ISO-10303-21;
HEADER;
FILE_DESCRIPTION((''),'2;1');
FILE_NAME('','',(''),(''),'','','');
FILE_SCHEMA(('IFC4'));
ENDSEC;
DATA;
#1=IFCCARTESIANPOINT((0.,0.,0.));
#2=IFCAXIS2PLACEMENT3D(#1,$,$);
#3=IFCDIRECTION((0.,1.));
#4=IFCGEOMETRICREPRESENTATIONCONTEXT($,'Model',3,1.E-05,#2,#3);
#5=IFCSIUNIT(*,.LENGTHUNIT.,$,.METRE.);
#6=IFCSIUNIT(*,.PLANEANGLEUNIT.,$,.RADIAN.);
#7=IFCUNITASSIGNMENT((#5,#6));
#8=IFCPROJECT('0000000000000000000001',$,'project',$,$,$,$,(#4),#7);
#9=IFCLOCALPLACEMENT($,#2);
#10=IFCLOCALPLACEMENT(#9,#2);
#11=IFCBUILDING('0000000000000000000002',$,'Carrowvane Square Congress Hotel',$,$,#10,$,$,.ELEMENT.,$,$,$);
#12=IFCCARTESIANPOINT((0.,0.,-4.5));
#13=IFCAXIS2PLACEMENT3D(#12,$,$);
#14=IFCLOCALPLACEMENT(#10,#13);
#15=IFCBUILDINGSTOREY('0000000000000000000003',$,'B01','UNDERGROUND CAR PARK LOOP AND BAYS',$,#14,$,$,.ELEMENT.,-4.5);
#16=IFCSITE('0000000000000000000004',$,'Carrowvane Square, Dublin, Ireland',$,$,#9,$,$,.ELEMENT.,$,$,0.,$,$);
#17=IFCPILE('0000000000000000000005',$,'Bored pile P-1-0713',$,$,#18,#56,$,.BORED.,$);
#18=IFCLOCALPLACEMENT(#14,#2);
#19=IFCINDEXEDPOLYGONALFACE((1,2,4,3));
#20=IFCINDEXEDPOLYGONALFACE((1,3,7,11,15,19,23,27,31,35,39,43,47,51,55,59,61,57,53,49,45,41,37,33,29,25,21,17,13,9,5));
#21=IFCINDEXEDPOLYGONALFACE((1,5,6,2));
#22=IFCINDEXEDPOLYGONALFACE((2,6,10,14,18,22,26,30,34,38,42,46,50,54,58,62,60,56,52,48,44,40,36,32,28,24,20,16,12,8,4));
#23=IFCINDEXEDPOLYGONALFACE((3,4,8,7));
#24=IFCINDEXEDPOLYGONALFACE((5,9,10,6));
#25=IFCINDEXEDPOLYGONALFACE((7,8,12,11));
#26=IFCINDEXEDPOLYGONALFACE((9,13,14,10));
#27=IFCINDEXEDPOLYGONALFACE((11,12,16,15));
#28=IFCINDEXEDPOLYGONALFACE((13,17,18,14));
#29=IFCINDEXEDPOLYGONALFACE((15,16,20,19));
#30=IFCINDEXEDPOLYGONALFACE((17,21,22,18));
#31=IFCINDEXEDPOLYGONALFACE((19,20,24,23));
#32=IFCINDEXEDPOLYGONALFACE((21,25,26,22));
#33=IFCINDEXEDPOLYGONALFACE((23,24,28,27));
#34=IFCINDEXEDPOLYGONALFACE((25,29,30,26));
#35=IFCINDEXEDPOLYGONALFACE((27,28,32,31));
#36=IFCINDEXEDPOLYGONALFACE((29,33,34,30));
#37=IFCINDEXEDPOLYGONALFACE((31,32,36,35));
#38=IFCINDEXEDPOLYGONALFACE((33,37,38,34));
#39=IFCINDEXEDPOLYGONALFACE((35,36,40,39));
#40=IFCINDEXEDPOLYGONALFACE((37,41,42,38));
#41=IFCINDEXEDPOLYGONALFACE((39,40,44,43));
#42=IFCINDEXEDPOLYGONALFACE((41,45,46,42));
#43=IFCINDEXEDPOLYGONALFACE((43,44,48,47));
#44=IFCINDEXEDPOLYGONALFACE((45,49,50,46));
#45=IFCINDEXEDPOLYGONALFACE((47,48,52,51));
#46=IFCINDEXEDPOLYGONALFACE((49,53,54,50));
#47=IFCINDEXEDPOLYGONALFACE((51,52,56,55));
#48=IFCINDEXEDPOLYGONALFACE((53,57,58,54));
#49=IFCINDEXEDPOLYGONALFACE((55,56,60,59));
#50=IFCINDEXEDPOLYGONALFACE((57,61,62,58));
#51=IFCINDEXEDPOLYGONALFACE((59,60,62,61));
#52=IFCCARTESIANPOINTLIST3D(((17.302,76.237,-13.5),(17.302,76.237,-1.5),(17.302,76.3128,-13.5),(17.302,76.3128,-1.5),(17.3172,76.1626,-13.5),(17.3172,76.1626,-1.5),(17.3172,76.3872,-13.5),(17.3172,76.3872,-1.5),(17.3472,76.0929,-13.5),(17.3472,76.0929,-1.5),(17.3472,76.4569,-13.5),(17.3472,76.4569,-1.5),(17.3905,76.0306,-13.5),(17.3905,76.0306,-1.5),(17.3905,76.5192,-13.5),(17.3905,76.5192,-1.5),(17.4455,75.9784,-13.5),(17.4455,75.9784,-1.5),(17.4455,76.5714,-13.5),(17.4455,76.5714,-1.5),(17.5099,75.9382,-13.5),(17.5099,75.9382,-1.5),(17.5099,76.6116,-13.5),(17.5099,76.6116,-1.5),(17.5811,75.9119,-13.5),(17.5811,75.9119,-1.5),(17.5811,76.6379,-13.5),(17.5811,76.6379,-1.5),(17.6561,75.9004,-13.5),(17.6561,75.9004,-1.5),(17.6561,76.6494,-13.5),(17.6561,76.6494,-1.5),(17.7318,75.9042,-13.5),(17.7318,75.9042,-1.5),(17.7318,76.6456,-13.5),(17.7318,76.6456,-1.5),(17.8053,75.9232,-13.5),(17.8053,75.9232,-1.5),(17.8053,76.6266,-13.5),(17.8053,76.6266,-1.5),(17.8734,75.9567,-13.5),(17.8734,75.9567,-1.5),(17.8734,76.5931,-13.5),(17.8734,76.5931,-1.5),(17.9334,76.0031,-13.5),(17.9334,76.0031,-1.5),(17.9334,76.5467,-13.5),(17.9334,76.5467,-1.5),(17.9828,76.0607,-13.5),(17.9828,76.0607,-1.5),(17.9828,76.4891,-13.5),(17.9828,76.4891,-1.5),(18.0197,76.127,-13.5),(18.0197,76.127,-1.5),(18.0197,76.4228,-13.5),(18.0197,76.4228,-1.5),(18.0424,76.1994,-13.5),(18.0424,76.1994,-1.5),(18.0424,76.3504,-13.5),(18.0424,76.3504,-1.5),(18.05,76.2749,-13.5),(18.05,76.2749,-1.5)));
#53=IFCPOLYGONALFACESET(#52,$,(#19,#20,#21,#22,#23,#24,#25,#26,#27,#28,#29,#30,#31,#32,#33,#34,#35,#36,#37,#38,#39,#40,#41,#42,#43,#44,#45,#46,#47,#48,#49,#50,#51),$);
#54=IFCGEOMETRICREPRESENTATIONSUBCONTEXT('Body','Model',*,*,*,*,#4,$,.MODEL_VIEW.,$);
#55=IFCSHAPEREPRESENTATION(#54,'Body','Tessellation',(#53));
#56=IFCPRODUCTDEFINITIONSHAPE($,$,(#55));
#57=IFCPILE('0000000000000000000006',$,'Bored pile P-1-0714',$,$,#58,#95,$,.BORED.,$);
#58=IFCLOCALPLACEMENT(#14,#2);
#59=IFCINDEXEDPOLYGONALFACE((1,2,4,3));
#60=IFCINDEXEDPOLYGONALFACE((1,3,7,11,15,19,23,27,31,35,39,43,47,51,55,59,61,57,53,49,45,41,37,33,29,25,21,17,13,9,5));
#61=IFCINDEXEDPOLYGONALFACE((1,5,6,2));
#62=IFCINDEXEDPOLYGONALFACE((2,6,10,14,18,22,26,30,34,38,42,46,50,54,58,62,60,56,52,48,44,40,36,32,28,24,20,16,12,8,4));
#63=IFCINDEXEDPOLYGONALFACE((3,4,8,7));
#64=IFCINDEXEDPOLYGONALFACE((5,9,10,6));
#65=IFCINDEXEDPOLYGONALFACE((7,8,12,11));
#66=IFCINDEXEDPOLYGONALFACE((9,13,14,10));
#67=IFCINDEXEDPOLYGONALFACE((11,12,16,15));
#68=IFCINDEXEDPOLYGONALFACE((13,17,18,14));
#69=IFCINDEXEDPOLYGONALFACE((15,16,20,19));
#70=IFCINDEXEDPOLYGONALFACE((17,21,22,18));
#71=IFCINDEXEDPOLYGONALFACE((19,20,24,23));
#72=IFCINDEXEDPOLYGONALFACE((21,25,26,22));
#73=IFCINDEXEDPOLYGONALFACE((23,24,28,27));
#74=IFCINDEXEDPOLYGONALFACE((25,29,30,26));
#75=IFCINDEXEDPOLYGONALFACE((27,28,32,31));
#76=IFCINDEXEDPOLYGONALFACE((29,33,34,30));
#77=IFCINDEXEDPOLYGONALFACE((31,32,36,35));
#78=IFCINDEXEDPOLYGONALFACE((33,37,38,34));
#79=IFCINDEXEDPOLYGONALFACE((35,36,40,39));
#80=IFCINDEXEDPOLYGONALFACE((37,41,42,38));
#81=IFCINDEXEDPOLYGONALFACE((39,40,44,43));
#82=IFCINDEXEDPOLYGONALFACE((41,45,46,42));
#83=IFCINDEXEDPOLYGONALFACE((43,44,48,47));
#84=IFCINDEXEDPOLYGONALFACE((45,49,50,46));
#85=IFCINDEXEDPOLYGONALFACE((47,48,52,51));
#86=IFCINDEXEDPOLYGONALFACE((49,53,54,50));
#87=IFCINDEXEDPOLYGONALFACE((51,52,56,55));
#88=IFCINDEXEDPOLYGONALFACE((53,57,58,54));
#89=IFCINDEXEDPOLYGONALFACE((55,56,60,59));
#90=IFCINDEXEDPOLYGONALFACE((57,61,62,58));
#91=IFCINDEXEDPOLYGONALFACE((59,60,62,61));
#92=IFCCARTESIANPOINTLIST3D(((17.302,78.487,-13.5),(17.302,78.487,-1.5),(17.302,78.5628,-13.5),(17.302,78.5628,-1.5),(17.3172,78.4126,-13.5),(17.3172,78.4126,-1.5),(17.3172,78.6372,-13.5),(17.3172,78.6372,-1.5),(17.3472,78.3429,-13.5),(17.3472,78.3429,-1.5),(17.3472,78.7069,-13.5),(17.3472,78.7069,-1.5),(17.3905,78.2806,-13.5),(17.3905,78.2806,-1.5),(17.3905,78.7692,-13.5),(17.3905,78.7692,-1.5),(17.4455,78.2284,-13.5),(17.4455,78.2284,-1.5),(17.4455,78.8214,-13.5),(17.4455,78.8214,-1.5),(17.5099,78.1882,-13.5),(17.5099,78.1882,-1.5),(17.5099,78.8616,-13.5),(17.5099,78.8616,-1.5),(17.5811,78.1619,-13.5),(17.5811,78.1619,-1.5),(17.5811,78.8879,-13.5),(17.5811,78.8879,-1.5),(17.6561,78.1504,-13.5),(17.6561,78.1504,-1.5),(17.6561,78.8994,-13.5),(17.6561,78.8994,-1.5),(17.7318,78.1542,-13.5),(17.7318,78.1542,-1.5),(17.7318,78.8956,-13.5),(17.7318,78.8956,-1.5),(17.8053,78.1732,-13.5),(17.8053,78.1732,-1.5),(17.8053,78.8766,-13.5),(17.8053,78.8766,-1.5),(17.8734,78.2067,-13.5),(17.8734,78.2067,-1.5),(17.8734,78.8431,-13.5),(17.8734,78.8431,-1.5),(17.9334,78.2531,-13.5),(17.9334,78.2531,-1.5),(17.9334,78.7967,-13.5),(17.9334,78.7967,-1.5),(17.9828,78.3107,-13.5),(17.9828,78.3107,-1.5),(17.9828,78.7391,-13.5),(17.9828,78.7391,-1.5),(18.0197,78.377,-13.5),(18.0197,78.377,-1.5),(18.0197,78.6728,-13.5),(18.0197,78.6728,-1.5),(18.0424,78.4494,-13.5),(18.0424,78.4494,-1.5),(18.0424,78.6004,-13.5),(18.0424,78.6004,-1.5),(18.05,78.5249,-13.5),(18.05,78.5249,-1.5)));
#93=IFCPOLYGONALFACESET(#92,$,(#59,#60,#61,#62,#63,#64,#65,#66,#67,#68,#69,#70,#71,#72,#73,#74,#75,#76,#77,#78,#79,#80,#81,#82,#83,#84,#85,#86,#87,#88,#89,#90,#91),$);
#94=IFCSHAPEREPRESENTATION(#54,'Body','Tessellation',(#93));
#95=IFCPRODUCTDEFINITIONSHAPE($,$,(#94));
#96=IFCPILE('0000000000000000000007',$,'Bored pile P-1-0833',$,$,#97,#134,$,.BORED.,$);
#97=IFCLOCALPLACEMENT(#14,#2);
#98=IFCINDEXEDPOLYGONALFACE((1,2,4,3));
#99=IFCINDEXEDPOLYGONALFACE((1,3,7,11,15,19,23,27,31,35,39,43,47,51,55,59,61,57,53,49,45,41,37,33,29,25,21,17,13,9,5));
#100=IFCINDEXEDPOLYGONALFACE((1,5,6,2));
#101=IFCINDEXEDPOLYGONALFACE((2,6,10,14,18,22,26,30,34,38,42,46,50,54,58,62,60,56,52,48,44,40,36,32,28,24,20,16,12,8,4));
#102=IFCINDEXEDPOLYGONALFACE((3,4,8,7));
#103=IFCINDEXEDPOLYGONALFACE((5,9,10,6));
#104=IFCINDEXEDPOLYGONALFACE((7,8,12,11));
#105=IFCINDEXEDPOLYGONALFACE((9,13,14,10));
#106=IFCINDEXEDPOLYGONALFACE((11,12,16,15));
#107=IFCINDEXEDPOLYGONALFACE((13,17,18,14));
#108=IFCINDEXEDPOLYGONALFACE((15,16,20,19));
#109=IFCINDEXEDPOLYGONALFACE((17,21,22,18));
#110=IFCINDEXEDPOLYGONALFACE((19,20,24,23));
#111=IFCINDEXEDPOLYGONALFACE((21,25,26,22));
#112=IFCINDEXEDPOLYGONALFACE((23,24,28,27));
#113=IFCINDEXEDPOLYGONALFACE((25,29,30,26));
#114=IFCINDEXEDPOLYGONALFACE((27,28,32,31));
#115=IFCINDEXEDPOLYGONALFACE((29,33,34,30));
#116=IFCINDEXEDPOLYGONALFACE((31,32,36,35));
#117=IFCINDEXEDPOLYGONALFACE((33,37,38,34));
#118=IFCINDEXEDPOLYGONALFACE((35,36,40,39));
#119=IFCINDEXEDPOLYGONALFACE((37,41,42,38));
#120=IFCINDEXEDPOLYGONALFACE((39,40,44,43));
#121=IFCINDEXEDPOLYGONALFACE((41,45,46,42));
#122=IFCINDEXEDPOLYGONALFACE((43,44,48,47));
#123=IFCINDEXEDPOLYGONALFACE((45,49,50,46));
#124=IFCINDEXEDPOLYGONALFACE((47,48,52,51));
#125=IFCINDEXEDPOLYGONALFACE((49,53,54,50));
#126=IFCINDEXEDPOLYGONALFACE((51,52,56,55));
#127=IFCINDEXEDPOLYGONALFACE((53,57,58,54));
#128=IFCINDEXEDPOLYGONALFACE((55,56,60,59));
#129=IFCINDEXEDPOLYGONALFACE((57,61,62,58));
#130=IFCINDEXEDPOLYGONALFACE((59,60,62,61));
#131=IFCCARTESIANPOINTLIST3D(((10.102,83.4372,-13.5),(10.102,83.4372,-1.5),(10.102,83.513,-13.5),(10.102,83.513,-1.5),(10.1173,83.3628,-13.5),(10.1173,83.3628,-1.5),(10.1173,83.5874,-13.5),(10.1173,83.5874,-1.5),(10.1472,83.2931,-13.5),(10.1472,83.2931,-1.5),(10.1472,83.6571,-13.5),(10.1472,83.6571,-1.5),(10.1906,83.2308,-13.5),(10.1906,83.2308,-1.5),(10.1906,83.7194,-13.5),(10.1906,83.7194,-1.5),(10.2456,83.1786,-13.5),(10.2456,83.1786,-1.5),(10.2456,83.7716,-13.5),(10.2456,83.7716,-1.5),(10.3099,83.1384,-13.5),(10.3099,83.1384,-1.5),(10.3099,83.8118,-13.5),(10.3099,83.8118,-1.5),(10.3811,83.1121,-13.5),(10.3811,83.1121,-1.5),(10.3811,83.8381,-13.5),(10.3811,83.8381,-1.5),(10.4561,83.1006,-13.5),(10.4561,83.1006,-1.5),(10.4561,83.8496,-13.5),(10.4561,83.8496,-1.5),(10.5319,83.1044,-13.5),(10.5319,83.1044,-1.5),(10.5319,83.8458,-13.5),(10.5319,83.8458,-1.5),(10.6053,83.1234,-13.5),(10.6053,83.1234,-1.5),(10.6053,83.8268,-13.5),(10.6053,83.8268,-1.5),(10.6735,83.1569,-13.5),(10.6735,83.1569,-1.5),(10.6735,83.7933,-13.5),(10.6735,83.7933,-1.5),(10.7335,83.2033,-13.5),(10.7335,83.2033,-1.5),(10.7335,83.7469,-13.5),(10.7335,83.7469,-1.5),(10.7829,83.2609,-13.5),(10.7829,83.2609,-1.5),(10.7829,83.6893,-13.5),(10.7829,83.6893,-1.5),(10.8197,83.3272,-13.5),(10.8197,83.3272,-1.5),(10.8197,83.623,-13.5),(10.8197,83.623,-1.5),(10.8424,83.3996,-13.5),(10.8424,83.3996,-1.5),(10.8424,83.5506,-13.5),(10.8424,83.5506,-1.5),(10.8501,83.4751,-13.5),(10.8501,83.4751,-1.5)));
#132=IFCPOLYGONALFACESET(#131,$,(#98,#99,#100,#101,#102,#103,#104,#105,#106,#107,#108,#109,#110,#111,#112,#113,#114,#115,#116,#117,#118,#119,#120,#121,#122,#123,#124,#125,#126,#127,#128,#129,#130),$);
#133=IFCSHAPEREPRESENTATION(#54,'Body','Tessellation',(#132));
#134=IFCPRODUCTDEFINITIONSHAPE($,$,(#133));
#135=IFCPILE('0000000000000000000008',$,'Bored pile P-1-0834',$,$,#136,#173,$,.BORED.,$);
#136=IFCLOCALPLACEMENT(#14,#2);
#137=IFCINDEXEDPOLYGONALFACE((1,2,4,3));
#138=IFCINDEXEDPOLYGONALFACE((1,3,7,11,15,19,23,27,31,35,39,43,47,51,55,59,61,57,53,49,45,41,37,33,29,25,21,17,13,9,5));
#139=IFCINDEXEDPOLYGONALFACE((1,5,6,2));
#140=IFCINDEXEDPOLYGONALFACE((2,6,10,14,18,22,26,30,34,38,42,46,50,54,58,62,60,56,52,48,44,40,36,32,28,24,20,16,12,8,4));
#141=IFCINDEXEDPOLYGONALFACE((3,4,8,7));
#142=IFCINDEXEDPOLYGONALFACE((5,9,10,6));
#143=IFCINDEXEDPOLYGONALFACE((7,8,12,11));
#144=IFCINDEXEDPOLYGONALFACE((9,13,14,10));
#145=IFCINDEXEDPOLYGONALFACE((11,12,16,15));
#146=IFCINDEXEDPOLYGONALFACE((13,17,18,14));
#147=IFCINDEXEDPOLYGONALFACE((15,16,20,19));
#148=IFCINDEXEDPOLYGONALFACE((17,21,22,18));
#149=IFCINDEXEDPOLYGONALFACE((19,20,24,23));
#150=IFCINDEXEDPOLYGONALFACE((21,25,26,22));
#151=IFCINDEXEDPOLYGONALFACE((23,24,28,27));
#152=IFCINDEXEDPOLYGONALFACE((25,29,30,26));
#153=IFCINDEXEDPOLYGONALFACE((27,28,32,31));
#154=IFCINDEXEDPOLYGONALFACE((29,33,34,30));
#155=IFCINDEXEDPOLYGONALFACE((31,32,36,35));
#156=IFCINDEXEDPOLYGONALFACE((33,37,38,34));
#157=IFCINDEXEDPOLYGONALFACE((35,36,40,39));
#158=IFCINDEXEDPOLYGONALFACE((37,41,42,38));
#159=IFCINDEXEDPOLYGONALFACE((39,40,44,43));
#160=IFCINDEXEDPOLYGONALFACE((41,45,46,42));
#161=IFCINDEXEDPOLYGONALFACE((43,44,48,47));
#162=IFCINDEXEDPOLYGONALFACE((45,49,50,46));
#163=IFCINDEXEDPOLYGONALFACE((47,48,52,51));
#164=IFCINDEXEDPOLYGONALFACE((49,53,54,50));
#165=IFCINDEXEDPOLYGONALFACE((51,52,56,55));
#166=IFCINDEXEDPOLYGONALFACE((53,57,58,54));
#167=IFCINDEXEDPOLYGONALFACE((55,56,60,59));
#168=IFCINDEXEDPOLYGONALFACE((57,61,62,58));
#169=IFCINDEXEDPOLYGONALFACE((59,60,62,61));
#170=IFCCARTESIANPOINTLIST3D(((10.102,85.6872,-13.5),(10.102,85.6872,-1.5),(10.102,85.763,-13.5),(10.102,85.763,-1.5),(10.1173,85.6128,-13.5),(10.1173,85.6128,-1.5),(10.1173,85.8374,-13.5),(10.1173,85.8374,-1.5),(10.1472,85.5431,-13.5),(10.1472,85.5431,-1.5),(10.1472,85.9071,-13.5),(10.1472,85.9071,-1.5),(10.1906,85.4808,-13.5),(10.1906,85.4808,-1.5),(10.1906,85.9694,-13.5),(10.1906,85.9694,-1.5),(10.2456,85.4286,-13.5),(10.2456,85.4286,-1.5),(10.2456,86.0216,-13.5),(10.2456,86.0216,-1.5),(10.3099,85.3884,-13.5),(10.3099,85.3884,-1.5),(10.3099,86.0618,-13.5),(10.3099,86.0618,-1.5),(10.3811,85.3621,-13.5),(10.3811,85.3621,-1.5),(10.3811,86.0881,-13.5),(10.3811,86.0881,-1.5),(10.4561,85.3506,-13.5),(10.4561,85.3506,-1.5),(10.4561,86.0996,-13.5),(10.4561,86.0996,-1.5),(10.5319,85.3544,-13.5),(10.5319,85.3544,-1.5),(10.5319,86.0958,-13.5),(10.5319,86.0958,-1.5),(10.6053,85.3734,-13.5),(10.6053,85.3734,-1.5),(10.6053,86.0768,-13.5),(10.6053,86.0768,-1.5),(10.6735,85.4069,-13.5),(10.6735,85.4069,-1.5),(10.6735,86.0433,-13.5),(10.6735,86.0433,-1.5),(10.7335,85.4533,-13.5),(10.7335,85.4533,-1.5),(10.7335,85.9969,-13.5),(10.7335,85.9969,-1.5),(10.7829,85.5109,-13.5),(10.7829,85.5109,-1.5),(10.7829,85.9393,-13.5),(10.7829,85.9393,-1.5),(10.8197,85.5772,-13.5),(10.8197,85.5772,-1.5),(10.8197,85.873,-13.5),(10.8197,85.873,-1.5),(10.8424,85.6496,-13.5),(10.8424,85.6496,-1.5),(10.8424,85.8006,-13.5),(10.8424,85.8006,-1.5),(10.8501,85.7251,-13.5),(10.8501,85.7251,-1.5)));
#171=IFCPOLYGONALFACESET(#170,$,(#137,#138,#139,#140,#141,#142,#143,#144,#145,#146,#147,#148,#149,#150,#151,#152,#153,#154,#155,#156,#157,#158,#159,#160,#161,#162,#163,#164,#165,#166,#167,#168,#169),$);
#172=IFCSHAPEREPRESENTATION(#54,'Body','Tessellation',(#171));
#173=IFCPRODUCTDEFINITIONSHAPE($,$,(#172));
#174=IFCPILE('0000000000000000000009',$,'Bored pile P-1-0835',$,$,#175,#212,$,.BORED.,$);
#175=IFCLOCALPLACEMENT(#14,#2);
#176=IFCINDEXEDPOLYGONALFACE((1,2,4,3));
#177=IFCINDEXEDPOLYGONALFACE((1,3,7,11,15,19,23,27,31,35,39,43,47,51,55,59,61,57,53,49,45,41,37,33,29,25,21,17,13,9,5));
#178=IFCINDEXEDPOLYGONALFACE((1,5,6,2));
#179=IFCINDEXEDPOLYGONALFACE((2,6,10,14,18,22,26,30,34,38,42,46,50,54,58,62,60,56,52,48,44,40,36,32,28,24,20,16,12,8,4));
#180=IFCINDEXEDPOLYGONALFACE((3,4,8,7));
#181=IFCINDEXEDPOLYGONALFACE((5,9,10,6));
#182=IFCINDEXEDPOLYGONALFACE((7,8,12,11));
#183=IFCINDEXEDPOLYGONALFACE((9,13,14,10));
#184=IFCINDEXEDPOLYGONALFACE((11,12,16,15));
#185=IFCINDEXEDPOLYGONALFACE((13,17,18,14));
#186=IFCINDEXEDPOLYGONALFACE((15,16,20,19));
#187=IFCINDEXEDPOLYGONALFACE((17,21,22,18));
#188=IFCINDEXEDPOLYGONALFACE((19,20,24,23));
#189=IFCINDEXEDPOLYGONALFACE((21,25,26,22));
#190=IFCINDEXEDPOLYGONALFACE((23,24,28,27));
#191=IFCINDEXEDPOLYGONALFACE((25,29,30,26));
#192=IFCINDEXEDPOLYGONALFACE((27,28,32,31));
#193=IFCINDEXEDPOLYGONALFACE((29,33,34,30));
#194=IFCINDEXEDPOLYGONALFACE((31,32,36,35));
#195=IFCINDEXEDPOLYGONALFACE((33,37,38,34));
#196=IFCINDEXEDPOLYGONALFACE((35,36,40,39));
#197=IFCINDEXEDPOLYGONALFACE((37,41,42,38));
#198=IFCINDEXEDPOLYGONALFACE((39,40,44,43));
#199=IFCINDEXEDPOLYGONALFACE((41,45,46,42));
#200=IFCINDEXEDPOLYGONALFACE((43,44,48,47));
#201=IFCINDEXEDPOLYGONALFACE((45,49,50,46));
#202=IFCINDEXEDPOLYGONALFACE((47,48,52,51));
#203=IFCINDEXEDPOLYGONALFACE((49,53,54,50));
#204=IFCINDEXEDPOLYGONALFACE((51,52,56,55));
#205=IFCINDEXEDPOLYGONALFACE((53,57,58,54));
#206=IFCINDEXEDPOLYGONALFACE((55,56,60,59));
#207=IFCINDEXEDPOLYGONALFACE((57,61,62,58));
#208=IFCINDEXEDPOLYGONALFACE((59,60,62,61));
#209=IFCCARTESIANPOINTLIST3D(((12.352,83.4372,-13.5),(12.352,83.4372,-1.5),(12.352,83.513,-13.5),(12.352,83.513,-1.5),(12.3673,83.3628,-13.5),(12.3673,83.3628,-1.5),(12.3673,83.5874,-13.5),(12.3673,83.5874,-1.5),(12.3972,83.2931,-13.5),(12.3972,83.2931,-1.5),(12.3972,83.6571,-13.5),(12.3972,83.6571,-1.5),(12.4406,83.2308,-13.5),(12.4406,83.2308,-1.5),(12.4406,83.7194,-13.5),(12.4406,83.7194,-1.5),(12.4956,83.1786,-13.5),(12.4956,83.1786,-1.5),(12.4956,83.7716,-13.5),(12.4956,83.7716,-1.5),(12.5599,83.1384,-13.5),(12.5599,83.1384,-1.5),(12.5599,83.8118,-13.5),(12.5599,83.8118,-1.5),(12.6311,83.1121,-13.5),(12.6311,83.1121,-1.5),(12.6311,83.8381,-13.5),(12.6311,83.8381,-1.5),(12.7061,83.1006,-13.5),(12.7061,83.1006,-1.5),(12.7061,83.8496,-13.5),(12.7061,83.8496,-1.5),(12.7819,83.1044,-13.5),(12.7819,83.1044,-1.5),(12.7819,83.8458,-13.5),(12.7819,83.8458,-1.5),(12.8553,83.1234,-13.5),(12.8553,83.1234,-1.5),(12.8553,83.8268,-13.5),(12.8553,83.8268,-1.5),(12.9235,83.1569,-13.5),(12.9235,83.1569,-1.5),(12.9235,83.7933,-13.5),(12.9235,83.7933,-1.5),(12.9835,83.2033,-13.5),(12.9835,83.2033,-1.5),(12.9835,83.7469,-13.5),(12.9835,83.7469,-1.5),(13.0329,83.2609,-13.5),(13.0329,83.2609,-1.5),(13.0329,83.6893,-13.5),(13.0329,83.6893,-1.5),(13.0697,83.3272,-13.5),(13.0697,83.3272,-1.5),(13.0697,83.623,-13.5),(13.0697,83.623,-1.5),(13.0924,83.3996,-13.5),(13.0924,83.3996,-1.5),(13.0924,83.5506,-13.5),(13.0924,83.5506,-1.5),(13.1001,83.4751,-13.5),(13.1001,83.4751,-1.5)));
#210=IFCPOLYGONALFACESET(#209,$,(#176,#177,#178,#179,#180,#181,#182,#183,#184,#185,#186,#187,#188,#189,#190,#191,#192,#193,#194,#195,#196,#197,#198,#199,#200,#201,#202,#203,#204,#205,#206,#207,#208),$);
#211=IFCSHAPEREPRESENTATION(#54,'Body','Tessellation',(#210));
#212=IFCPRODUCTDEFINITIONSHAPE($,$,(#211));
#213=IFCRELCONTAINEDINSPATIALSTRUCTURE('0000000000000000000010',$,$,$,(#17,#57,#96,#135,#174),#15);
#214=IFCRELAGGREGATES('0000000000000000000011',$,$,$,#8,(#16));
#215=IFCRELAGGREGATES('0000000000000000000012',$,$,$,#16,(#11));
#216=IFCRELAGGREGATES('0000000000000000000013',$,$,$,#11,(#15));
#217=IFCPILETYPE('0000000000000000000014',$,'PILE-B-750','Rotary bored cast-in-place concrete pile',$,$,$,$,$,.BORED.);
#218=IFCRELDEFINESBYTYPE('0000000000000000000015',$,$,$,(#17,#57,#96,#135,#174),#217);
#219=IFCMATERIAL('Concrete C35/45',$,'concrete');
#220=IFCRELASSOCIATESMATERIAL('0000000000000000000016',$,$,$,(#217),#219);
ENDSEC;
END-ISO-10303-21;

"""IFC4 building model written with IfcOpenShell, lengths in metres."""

from ifc_helpers import new_model, si_unit, direction, frame, origin, origin_2d, place, context, subcontext, project, spatial, circle, extrude, material, material_profile, profile_set, type_object, element, save


model = new_model("IFC4")

# Units and contexts
model_context = context("Model", 3, precision=1e-05, world=origin(), true_north=direction((0.0, 1.0)))
body_context = subcontext(model_context, "Body", "Model", "MODEL_VIEW")
ifc_project = project(units=[si_unit("LENGTHUNIT", "METRE"), si_unit("PLANEANGLEUNIT", "RADIAN")], contexts=[model_context])

# Site, building, storey
site_placement = place(None, origin())
site = spatial("IfcSite", under=ifc_project, at=site_placement, Name="Carrowvane Square, Dublin, Ireland", CompositionType="ELEMENT", RefElevation=0.0)
building_placement = place(site_placement, origin())
building = spatial("IfcBuilding", under=site, at=building_placement, Name="Carrowvane Square Congress Hotel", CompositionType="ELEMENT")
storey_placement = place(building_placement, frame((0.0, 0.0, -4.5)))
storey = spatial("IfcBuildingStorey", under=building, at=storey_placement, Name="B01", Description="UNDERGROUND CAR PARK LOOP AND BAYS", CompositionType="ELEMENT", Elevation=-4.5)

# Piles
ifc_material_1 = material(Name="Concrete C35/45", Category="concrete")
ifc_material_profile_1 = material_profile(ifc_material_1, circle(Radius=0.375, at=origin_2d()), Name="PILE D750")
ifc_profile_set_1 = profile_set([ifc_material_profile_1], Name="Concrete C35/45")
pile_type = type_object("IfcPileType", Name="PILE-B-750", Description="Rotary bored cast-in-place concrete pile", PredefinedType="BORED", material=ifc_profile_set_1)
for number, where, z_axis, x_axis, name in (
    (1, (17.675, 76.2749, -1.5), (0.0, 0.0, -1.0), (1.0, 0.0, 0.0), "Bored pile P-1-0713"),
    (2, (17.675, 78.5249, -1.5), (0.0, 0.0, -1.0), (1.0, 0.0, 0.0), "Bored pile P-1-0714"),
    (3, (10.4751, 83.4751, -1.5), (0.0, 0.0, -1.0), (1.0, 0.0, 0.0), "Bored pile P-1-0833"),
    (4, (10.4751, 85.7251, -1.5), (0.0, 0.0, -1.0), (1.0, 0.0, 0.0), "Bored pile P-1-0834"),
    (5, (12.7251, 83.4751, -1.5), (0.0, 0.0, -1.0), (1.0, 0.0, 0.0), "Bored pile P-1-0835"),
):
    element("IfcPile", number, at=place(storey_placement, frame(where, z_axis=z_axis, x_axis=x_axis)), inside=storey, type_object=pile_type, Name=name, PredefinedType="BORED", context=body_context, shape_type="SweptSolid", body=[
        extrude(circle(Radius=0.375, at=origin_2d()), origin(), (0.0, 0.0, 1.0), 12.0),
    ])

save(model, "model.ifc")
